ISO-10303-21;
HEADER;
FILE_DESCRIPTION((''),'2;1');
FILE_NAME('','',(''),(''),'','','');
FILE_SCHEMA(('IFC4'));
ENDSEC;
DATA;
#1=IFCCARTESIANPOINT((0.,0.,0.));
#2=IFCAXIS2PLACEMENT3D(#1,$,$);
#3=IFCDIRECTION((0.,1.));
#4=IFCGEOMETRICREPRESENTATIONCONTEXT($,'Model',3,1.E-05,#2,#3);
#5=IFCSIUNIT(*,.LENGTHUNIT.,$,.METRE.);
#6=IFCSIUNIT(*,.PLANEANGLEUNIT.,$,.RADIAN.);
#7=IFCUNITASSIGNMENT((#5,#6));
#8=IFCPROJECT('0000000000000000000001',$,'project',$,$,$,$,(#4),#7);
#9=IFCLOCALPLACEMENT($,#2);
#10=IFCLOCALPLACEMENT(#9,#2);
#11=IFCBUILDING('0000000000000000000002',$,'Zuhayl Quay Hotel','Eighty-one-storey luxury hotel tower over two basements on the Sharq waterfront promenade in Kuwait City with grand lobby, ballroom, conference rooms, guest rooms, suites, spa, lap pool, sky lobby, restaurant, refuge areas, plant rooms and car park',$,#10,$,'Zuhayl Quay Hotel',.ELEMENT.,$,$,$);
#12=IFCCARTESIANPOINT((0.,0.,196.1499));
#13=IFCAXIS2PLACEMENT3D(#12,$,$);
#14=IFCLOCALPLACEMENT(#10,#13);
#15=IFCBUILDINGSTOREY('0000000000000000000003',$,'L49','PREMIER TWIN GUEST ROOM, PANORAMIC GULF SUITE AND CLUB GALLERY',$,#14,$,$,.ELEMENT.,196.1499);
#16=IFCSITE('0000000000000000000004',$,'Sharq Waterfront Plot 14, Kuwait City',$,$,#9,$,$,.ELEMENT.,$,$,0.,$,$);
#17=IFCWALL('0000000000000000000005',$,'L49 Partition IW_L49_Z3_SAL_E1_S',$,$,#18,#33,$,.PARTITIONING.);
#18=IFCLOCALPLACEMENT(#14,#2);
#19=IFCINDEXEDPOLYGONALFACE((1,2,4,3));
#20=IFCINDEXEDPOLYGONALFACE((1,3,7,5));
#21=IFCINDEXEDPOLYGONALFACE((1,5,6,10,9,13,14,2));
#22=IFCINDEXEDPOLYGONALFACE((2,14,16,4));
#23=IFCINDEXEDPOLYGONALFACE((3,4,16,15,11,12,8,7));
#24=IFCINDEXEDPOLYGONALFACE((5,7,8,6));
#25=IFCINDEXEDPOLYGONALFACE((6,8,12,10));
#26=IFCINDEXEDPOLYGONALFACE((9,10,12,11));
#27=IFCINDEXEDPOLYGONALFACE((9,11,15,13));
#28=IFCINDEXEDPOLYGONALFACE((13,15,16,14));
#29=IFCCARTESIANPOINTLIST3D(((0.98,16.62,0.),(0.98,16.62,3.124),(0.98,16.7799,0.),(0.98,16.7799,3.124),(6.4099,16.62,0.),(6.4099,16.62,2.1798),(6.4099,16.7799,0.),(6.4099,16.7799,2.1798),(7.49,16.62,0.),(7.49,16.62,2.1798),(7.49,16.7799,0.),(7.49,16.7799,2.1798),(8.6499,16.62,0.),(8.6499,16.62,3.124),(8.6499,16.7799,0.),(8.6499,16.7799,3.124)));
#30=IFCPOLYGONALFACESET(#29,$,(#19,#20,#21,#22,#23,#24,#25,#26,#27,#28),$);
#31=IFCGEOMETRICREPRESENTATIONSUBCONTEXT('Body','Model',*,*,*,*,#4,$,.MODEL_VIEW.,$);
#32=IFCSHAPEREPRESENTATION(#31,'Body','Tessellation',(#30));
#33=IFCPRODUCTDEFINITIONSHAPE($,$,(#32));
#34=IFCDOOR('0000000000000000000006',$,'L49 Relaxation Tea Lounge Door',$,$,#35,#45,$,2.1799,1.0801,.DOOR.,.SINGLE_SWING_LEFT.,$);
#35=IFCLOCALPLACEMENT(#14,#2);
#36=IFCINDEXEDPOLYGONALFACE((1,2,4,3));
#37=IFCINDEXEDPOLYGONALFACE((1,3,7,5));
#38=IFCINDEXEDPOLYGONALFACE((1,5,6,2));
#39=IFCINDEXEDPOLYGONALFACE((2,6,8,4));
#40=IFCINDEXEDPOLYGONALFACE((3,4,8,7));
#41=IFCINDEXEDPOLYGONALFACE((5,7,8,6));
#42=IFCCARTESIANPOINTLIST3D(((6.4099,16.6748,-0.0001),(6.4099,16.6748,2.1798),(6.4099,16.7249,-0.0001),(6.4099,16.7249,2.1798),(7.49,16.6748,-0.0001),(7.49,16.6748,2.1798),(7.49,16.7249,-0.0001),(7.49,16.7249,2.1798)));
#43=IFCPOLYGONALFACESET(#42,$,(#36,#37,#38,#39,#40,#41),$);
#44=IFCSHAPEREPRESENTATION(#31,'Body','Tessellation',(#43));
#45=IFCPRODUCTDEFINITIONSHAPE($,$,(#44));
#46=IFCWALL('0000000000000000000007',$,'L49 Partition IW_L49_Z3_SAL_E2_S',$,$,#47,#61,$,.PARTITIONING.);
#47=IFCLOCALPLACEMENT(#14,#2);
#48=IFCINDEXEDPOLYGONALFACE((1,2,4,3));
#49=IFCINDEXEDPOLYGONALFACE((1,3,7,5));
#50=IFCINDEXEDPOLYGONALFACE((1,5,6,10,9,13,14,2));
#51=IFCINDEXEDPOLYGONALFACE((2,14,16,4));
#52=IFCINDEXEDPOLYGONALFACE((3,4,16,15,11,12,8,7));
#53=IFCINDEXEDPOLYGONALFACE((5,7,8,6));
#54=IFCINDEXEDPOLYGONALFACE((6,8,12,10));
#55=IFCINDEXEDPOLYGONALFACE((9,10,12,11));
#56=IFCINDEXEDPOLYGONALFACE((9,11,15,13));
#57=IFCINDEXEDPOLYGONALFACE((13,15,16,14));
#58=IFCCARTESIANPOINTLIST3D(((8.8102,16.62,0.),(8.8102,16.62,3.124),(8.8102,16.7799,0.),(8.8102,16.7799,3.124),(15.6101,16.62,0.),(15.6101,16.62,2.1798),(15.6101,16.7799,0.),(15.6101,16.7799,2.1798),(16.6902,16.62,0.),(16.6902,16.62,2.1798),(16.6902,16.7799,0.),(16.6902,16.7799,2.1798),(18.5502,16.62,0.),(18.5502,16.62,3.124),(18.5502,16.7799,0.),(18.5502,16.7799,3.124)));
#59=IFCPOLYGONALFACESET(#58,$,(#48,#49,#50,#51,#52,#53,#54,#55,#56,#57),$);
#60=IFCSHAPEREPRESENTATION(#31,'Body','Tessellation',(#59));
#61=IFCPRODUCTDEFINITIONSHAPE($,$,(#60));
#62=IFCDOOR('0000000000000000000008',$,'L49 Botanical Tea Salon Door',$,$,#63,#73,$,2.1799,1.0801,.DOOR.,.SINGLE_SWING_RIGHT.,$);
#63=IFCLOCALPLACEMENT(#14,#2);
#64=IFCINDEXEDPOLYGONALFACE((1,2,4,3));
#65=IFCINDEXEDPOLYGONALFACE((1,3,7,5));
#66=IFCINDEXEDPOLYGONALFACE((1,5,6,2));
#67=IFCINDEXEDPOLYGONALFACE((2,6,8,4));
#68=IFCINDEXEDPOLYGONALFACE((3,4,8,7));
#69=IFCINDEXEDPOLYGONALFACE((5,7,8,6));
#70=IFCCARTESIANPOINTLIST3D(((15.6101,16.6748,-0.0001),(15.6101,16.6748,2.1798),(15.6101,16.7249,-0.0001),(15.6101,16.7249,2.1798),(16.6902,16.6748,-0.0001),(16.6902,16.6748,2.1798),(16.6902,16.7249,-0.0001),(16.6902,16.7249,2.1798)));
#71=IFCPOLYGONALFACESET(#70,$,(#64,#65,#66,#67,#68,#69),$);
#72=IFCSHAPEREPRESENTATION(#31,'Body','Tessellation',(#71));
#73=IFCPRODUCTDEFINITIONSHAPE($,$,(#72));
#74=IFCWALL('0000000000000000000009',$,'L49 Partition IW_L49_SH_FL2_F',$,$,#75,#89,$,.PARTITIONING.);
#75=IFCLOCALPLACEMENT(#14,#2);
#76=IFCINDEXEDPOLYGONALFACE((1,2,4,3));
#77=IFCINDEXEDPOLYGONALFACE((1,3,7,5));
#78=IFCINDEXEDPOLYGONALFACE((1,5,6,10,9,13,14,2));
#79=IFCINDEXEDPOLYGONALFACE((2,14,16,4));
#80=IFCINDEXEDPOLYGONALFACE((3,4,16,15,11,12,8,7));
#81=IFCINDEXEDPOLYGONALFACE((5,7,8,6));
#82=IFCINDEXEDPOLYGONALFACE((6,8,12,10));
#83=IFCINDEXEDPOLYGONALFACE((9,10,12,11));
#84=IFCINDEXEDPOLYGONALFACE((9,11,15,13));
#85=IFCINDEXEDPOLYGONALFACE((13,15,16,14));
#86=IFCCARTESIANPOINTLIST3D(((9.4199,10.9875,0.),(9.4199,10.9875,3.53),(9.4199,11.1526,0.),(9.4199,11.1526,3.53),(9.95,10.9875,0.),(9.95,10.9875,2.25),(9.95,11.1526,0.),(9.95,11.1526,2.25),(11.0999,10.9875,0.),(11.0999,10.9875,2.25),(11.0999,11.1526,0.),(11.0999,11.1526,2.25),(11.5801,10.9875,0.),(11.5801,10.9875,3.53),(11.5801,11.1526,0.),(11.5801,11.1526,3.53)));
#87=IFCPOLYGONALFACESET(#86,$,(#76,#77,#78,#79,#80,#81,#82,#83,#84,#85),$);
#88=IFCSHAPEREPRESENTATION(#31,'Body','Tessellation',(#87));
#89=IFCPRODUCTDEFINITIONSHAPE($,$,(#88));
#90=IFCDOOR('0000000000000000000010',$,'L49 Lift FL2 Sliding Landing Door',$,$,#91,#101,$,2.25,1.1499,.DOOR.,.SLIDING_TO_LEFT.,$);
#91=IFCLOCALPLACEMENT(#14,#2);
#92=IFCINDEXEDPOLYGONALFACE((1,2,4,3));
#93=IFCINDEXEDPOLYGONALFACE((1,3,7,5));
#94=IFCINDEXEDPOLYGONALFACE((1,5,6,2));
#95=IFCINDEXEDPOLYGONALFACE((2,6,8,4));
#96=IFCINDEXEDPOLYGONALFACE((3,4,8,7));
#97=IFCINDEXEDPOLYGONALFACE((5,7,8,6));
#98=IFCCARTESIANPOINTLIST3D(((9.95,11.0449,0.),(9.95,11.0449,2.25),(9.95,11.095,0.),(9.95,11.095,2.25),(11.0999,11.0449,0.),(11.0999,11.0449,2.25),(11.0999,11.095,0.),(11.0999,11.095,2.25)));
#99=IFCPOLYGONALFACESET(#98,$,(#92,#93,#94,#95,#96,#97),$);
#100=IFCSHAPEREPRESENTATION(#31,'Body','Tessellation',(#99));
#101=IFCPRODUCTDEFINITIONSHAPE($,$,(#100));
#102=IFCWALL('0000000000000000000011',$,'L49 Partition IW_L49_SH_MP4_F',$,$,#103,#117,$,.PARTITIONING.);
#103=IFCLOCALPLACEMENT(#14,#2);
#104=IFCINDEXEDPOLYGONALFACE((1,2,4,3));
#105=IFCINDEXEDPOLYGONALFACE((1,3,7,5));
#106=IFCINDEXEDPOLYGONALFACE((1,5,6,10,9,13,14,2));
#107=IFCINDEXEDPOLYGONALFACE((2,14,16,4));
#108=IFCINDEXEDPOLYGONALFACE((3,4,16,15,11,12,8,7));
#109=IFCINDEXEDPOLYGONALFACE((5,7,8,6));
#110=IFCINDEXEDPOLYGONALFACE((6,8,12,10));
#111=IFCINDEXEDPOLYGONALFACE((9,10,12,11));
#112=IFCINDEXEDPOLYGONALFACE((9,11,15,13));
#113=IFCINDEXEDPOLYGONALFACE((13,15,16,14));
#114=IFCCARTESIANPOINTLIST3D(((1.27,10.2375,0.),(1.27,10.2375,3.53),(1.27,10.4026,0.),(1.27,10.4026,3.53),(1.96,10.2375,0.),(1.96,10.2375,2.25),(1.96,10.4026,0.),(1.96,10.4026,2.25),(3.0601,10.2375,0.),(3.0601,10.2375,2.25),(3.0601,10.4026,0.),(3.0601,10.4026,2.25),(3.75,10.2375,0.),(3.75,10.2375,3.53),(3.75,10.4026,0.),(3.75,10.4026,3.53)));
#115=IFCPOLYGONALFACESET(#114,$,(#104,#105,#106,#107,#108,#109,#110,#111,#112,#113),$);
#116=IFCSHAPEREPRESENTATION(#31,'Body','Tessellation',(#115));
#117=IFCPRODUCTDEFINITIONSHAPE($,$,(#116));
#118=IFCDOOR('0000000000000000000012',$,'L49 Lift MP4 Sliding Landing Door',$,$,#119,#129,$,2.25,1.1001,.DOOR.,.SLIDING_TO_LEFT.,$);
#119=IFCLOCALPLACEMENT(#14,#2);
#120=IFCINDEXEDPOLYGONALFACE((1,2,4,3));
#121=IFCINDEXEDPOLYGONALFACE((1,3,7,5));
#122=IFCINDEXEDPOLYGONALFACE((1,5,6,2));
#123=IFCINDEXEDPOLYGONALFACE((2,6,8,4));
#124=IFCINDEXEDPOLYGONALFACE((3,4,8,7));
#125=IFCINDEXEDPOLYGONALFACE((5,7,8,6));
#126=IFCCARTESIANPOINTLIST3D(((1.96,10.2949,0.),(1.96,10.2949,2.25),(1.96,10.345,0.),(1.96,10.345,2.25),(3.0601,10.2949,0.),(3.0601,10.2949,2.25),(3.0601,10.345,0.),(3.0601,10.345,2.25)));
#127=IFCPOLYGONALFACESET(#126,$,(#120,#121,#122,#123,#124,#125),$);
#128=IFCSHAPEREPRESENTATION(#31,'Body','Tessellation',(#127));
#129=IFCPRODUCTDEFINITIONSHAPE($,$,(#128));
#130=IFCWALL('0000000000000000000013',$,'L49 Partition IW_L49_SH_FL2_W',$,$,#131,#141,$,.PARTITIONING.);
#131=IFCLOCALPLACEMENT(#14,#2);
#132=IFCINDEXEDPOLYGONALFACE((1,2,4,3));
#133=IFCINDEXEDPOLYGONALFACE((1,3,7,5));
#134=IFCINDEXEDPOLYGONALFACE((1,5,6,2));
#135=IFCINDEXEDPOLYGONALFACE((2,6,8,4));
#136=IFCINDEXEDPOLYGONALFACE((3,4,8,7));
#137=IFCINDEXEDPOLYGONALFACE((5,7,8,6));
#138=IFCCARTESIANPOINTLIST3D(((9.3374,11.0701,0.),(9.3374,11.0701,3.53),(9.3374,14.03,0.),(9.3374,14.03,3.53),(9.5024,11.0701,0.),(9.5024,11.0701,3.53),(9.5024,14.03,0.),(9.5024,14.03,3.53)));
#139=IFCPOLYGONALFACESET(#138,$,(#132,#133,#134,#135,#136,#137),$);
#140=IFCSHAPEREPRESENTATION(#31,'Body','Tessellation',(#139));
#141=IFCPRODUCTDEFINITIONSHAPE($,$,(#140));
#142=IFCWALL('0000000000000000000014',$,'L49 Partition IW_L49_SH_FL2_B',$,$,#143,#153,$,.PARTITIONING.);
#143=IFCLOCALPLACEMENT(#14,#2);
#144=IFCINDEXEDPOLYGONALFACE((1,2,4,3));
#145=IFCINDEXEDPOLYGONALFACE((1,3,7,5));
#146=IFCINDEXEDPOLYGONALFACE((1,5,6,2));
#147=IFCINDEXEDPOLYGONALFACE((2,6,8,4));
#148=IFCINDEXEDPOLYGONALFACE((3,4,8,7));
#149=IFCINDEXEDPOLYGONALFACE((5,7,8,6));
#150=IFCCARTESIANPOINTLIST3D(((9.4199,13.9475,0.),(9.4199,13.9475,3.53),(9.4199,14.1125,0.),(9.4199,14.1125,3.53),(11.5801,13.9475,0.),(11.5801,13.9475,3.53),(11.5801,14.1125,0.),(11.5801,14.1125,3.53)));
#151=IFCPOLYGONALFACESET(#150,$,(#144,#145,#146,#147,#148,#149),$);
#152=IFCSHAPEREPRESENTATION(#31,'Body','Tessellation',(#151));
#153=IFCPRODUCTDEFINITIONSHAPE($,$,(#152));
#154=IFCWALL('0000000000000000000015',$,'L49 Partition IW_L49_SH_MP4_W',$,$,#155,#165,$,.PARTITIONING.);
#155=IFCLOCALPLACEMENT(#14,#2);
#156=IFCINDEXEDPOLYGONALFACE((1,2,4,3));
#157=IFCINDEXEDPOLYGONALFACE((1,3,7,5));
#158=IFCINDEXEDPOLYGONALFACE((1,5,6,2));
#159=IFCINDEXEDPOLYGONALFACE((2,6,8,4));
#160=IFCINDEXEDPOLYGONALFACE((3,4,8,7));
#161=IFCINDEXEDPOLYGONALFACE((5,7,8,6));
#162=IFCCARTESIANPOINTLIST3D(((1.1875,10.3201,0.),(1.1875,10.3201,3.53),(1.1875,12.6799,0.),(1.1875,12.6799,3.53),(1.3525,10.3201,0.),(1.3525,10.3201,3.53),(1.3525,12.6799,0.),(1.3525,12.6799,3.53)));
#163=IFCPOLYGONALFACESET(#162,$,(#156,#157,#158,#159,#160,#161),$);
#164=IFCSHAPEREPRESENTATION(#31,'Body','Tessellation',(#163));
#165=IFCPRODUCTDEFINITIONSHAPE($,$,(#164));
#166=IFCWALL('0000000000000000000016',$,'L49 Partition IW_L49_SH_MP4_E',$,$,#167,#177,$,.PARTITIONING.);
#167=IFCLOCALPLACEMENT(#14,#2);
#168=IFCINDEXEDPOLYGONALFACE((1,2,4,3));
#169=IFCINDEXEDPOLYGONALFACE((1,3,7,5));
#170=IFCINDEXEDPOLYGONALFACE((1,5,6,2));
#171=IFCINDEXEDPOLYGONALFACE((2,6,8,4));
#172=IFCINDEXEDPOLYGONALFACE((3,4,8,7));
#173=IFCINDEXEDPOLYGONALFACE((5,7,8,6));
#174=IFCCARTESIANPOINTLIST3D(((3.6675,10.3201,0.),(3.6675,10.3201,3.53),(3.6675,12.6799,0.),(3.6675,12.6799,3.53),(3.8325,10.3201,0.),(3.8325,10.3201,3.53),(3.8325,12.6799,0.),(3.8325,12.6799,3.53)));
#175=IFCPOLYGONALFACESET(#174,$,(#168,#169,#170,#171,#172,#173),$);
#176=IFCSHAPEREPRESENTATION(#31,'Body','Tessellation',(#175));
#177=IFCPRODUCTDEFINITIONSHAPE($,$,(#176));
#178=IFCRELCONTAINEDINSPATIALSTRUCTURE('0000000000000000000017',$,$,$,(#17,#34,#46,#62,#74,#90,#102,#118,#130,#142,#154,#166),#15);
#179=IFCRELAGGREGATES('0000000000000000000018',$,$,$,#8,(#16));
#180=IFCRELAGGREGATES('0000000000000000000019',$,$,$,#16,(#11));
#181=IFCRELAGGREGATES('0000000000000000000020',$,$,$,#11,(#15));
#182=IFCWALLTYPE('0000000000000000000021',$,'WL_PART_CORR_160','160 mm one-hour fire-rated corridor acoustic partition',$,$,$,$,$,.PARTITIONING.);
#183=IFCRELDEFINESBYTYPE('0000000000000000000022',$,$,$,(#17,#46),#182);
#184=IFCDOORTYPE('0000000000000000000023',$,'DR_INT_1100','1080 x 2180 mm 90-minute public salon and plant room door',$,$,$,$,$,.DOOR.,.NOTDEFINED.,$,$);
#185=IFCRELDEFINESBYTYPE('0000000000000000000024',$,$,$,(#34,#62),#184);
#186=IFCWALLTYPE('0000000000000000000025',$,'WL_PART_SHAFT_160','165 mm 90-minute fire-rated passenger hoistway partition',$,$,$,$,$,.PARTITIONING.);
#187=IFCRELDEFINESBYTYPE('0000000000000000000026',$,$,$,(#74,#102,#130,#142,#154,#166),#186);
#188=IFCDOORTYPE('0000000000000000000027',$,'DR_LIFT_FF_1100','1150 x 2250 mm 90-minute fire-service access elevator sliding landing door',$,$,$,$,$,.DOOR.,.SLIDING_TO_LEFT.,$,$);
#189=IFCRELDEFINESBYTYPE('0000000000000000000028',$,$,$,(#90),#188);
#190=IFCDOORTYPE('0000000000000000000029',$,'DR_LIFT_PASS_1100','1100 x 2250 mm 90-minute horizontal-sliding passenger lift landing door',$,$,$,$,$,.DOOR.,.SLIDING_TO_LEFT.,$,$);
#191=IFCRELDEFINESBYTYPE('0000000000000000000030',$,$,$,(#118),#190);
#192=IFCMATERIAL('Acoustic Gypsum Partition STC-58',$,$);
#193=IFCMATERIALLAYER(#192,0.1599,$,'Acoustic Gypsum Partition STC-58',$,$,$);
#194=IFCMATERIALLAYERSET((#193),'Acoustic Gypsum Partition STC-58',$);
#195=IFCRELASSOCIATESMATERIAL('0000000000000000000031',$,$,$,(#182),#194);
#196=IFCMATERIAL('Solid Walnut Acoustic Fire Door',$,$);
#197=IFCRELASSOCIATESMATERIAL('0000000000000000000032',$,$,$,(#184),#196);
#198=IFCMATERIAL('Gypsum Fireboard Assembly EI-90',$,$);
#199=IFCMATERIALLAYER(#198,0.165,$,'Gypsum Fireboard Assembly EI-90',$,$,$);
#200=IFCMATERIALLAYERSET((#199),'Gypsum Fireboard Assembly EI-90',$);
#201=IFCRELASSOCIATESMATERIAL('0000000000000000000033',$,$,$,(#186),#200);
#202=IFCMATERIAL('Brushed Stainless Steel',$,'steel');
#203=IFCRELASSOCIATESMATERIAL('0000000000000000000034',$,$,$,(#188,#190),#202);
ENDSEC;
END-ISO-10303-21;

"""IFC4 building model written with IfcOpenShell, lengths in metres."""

from ifc_helpers import new_model, si_unit, direction, frame, frame_2d, origin, place, context, subcontext, project, spatial, rectangle, extrude, material, layer, layer_set, type_object, element, fill, save


model = new_model("IFC4")

# Units and contexts
model_context = context("Model", 3, precision=1e-05, world=origin(), true_north=direction((0.0, 1.0)))
body_context = subcontext(model_context, "Body", "Model", "MODEL_VIEW")
ifc_project = project(units=[si_unit("LENGTHUNIT", "METRE"), si_unit("PLANEANGLEUNIT", "RADIAN")], contexts=[model_context])

# Site, building, storey
site_placement = place(None, origin())
site = spatial("IfcSite", under=ifc_project, at=site_placement, Name="Sharq Waterfront Plot 14, Kuwait City", CompositionType="ELEMENT", RefElevation=0.0)
building_placement = place(site_placement, origin())
building = spatial("IfcBuilding", under=site, at=building_placement, Name="Zuhayl Quay Hotel", Description="Eighty-one-storey luxury hotel tower over two basements on the Sharq waterfront promenade in Kuwait City with grand lobby, ballroom, conference rooms, guest rooms, suites, spa, lap pool, sky lobby, restaurant, refuge areas, plant rooms and car park", LongName="Zuhayl Quay Hotel", CompositionType="ELEMENT")
storey_placement = place(building_placement, frame((0.0, 0.0, 196.1499)))
storey = spatial("IfcBuildingStorey", under=building, at=storey_placement, Name="L49", Description="PREMIER TWIN GUEST ROOM, PANORAMIC GULF SUITE AND CLUB GALLERY", CompositionType="ELEMENT", Elevation=196.1499)

# Shared definitions
ifc_material_1 = material(Name="Acoustic Gypsum Partition STC-58")

# Walls, openings, doors
ifc_layer_1 = layer(ifc_material_1, 0.1599, Name="Acoustic Gypsum Partition STC-58")
ifc_layer_set_1 = layer_set([ifc_layer_1], Name="Acoustic Gypsum Partition STC-58")
wall_type_1 = type_object("IfcWallType", Name="WL_PART_CORR_160", Description="160 mm one-hour fire-rated corridor acoustic partition", PredefinedType="PARTITIONING", material=ifc_layer_set_1)
wall_1_placement = place(storey_placement, frame((0.98, 16.7, 0.0), z_axis=(0.0, 0.0, 1.0), x_axis=(1.0, 0.0, 0.0)))
wall_1 = element("IfcWall", 1, at=wall_1_placement, inside=storey, type_object=wall_type_1, Name="L49 Partition IW_L49_Z3_SAL_E1_S", PredefinedType="PARTITIONING", context=body_context, shape_type="SweptSolid", body=[
    extrude(rectangle(XDim=7.6699, YDim=0.1599, at=frame_2d((3.835, 0.0))), origin(), (0.0, 0.0, 1.0), 3.124),
])
opening_1_placement = place(wall_1_placement, frame((5.4299, 0.0, 0.0)))
opening_1 = element("IfcOpeningElement", 2, at=opening_1_placement, cuts=wall_1, PredefinedType="OPENING", context=body_context, shape_type="SweptSolid", body=[
    extrude(rectangle(XDim=1.0801, YDim=2.1799, at=frame_2d((0.54, 1.0898))), frame((0.0, 0.0898, 0.0), z_axis=(0.0, -1.0, 0.0), x_axis=(1.0, 0.0, 0.0)), (0.0, 0.0, 1.0), 0.1799),
])
ifc_material_2 = material(Name="Solid Walnut Acoustic Fire Door")
door_type_1 = type_object("IfcDoorType", Name="DR_INT_1100", Description="1080 x 2180 mm 90-minute public salon and plant room door", OperationType="NOTDEFINED", PredefinedType="DOOR", material=ifc_material_2)
door_1_placement = place(opening_1_placement, origin())
door_1 = element("IfcDoor", 3, at=door_1_placement, inside=storey, type_object=door_type_1, Name="L49 Relaxation Tea Lounge Door", OperationType="SINGLE_SWING_LEFT", OverallHeight=2.1799, OverallWidth=1.0801, PredefinedType="DOOR", context=body_context, shape_type="SweptSolid", body=[
    extrude(rectangle(XDim=1.0801, YDim=2.1799, at=frame_2d((0.54, 1.0898))), frame((0.0, 0.0249, 0.0), z_axis=(0.0, -1.0, 0.0), x_axis=(1.0, 0.0, 0.0)), (0.0, 0.0, 1.0), 0.05),
])
fill(opening_1, door_1)
wall_2_placement = place(storey_placement, frame((8.8101, 16.7, 0.0), z_axis=(0.0, 0.0, 1.0), x_axis=(1.0, 0.0, 0.0)))
wall_2 = element("IfcWall", 4, at=wall_2_placement, inside=storey, type_object=wall_type_1, Name="L49 Partition IW_L49_Z3_SAL_E2_S", PredefinedType="PARTITIONING", context=body_context, shape_type="SweptSolid", body=[
    extrude(rectangle(XDim=9.74, YDim=0.1599, at=frame_2d((4.8701, 0.0))), origin(), (0.0, 0.0, 1.0), 3.124),
])
opening_2_placement = place(wall_2_placement, frame((6.8, 0.0, 0.0)))
opening_2 = element("IfcOpeningElement", 5, at=opening_2_placement, cuts=wall_2, PredefinedType="OPENING", context=body_context, shape_type="SweptSolid", body=[
    extrude(rectangle(XDim=1.0801, YDim=2.1799, at=frame_2d((0.54, 1.0898))), frame((0.0, 0.0898, 0.0), z_axis=(0.0, -1.0, 0.0), x_axis=(1.0, 0.0, 0.0)), (0.0, 0.0, 1.0), 0.1799),
])
door_2_placement = place(opening_2_placement, origin())
door_2 = element("IfcDoor", 6, at=door_2_placement, inside=storey, type_object=door_type_1, Name="L49 Botanical Tea Salon Door", OperationType="SINGLE_SWING_RIGHT", OverallHeight=2.1799, OverallWidth=1.0801, PredefinedType="DOOR", context=body_context, shape_type="SweptSolid", body=[
    extrude(rectangle(XDim=1.0801, YDim=2.1799, at=frame_2d((0.54, 1.0898))), frame((0.0, 0.0249, 0.0), z_axis=(0.0, -1.0, 0.0), x_axis=(1.0, 0.0, 0.0)), (0.0, 0.0, 1.0), 0.05),
])
fill(opening_2, door_2)
ifc_material_3 = material(Name="Gypsum Fireboard Assembly EI-90")
ifc_layer_2 = layer(ifc_material_3, 0.165, Name="Gypsum Fireboard Assembly EI-90")
ifc_layer_set_2 = layer_set([ifc_layer_2], Name="Gypsum Fireboard Assembly EI-90")
wall_type_2 = type_object("IfcWallType", Name="WL_PART_SHAFT_160", Description="165 mm 90-minute fire-rated passenger hoistway partition", PredefinedType="PARTITIONING", material=ifc_layer_set_2)
wall_3_placement = place(storey_placement, frame((9.4199, 11.0701, 0.0), z_axis=(0.0, 0.0, 1.0), x_axis=(1.0, 0.0, 0.0)))
wall_3 = element("IfcWall", 7, at=wall_3_placement, inside=storey, type_object=wall_type_2, Name="L49 Partition IW_L49_SH_FL2_F", PredefinedType="PARTITIONING", context=body_context, shape_type="SweptSolid", body=[
    extrude(rectangle(XDim=2.1602, YDim=0.165, at=frame_2d((1.0801, 0.0))), origin(), (0.0, 0.0, 1.0), 3.53),
])
opening_3_placement = place(wall_3_placement, frame((0.53, 0.0, 0.0)))
opening_3 = element("IfcOpeningElement", 8, at=opening_3_placement, cuts=wall_3, PredefinedType="OPENING", context=body_context, shape_type="SweptSolid", body=[
    extrude(rectangle(XDim=1.1499, YDim=2.25, at=frame_2d((0.575, 1.125))), frame((0.0, 0.0925, 0.0), z_axis=(0.0, -1.0, 0.0), x_axis=(1.0, 0.0, 0.0)), (0.0, 0.0, 1.0), 0.1851),
])
ifc_material_4 = material(Name="Brushed Stainless Steel", Category="steel")
door_type_2 = type_object("IfcDoorType", Name="DR_LIFT_FF_1100", Description="1150 x 2250 mm 90-minute fire-service access elevator sliding landing door", OperationType="SLIDING_TO_LEFT", PredefinedType="DOOR", material=ifc_material_4)
door_3_placement = place(opening_3_placement, origin())
door_3 = element("IfcDoor", 9, at=door_3_placement, inside=storey, type_object=door_type_2, Name="L49 Lift FL2 Sliding Landing Door", OperationType="SLIDING_TO_LEFT", OverallHeight=2.25, OverallWidth=1.1499, PredefinedType="DOOR", context=body_context, shape_type="SweptSolid", body=[
    extrude(rectangle(XDim=1.1499, YDim=2.25, at=frame_2d((0.575, 1.125))), frame((0.0, 0.0249, 0.0), z_axis=(0.0, -1.0, 0.0), x_axis=(1.0, 0.0, 0.0)), (0.0, 0.0, 1.0), 0.05),
])
fill(opening_3, door_3)
wall_4_placement = place(storey_placement, frame((1.27, 10.3201, 0.0), z_axis=(0.0, 0.0, 1.0), x_axis=(1.0, 0.0, 0.0)))
wall_4 = element("IfcWall", 10, at=wall_4_placement, inside=storey, type_object=wall_type_2, Name="L49 Partition IW_L49_SH_MP4_F", PredefinedType="PARTITIONING", context=body_context, shape_type="SweptSolid", body=[
    extrude(rectangle(XDim=2.48, YDim=0.165, at=frame_2d((1.24, 0.0))), origin(), (0.0, 0.0, 1.0), 3.53),
])
opening_4_placement = place(wall_4_placement, frame((0.6899, 0.0, 0.0)))
opening_4 = element("IfcOpeningElement", 11, at=opening_4_placement, cuts=wall_4, PredefinedType="OPENING", context=body_context, shape_type="SweptSolid", body=[
    extrude(rectangle(XDim=1.1001, YDim=2.25, at=frame_2d((0.55, 1.125))), frame((0.0, 0.0925, 0.0), z_axis=(0.0, -1.0, 0.0), x_axis=(1.0, 0.0, 0.0)), (0.0, 0.0, 1.0), 0.1851),
])
door_type_3 = type_object("IfcDoorType", Name="DR_LIFT_PASS_1100", Description="1100 x 2250 mm 90-minute horizontal-sliding passenger lift landing door", OperationType="SLIDING_TO_LEFT", PredefinedType="DOOR", material=ifc_material_4)
door_4_placement = place(opening_4_placement, origin())
door_4 = element("IfcDoor", 12, at=door_4_placement, inside=storey, type_object=door_type_3, Name="L49 Lift MP4 Sliding Landing Door", OperationType="SLIDING_TO_LEFT", OverallHeight=2.25, OverallWidth=1.1001, PredefinedType="DOOR", context=body_context, shape_type="SweptSolid", body=[
    extrude(rectangle(XDim=1.1001, YDim=2.25, at=frame_2d((0.55, 1.125))), frame((0.0, 0.0249, 0.0), z_axis=(0.0, -1.0, 0.0), x_axis=(1.0, 0.0, 0.0)), (0.0, 0.0, 1.0), 0.05),
])
fill(opening_4, door_4)

# Walls
wall_5_placement = place(storey_placement, frame((9.4199, 11.0701, 0.0), z_axis=(0.0, 0.0, 1.0), x_axis=(0.0, 1.0, 0.0)))
element("IfcWall", 13, at=wall_5_placement, inside=storey, type_object=wall_type_2, Name="L49 Partition IW_L49_SH_FL2_W", PredefinedType="PARTITIONING", context=body_context, shape_type="SweptSolid", body=[
    extrude(rectangle(XDim=2.96, YDim=0.165, at=frame_2d((1.48, 0.0))), origin(), (0.0, 0.0, 1.0), 3.53),
])
wall_6_placement = place(storey_placement, frame((9.4199, 14.03, 0.0), z_axis=(0.0, 0.0, 1.0), x_axis=(1.0, 0.0, 0.0)))
element("IfcWall", 14, at=wall_6_placement, inside=storey, type_object=wall_type_2, Name="L49 Partition IW_L49_SH_FL2_B", PredefinedType="PARTITIONING", context=body_context, shape_type="SweptSolid", body=[
    extrude(rectangle(XDim=2.1602, YDim=0.165, at=frame_2d((1.0801, 0.0))), origin(), (0.0, 0.0, 1.0), 3.53),
])
for number, where, z_axis, x_axis, name in (
    (15, (1.27, 10.3201, 0.0), (0.0, 0.0, 1.0), (0.0, 1.0, 0.0), "L49 Partition IW_L49_SH_MP4_W"),
    (16, (3.75, 10.3201, 0.0), (0.0, 0.0, 1.0), (0.0, 1.0, 0.0), "L49 Partition IW_L49_SH_MP4_E"),
):
    element("IfcWall", number, at=place(storey_placement, frame(where, z_axis=z_axis, x_axis=x_axis)), inside=storey, type_object=wall_type_2, Name=name, PredefinedType="PARTITIONING", context=body_context, shape_type="SweptSolid", body=[
        extrude(rectangle(XDim=2.3599, YDim=0.165, at=frame_2d((1.1799, 0.0))), origin(), (0.0, 0.0, 1.0), 3.53),
    ])

save(model, "model.ifc")
